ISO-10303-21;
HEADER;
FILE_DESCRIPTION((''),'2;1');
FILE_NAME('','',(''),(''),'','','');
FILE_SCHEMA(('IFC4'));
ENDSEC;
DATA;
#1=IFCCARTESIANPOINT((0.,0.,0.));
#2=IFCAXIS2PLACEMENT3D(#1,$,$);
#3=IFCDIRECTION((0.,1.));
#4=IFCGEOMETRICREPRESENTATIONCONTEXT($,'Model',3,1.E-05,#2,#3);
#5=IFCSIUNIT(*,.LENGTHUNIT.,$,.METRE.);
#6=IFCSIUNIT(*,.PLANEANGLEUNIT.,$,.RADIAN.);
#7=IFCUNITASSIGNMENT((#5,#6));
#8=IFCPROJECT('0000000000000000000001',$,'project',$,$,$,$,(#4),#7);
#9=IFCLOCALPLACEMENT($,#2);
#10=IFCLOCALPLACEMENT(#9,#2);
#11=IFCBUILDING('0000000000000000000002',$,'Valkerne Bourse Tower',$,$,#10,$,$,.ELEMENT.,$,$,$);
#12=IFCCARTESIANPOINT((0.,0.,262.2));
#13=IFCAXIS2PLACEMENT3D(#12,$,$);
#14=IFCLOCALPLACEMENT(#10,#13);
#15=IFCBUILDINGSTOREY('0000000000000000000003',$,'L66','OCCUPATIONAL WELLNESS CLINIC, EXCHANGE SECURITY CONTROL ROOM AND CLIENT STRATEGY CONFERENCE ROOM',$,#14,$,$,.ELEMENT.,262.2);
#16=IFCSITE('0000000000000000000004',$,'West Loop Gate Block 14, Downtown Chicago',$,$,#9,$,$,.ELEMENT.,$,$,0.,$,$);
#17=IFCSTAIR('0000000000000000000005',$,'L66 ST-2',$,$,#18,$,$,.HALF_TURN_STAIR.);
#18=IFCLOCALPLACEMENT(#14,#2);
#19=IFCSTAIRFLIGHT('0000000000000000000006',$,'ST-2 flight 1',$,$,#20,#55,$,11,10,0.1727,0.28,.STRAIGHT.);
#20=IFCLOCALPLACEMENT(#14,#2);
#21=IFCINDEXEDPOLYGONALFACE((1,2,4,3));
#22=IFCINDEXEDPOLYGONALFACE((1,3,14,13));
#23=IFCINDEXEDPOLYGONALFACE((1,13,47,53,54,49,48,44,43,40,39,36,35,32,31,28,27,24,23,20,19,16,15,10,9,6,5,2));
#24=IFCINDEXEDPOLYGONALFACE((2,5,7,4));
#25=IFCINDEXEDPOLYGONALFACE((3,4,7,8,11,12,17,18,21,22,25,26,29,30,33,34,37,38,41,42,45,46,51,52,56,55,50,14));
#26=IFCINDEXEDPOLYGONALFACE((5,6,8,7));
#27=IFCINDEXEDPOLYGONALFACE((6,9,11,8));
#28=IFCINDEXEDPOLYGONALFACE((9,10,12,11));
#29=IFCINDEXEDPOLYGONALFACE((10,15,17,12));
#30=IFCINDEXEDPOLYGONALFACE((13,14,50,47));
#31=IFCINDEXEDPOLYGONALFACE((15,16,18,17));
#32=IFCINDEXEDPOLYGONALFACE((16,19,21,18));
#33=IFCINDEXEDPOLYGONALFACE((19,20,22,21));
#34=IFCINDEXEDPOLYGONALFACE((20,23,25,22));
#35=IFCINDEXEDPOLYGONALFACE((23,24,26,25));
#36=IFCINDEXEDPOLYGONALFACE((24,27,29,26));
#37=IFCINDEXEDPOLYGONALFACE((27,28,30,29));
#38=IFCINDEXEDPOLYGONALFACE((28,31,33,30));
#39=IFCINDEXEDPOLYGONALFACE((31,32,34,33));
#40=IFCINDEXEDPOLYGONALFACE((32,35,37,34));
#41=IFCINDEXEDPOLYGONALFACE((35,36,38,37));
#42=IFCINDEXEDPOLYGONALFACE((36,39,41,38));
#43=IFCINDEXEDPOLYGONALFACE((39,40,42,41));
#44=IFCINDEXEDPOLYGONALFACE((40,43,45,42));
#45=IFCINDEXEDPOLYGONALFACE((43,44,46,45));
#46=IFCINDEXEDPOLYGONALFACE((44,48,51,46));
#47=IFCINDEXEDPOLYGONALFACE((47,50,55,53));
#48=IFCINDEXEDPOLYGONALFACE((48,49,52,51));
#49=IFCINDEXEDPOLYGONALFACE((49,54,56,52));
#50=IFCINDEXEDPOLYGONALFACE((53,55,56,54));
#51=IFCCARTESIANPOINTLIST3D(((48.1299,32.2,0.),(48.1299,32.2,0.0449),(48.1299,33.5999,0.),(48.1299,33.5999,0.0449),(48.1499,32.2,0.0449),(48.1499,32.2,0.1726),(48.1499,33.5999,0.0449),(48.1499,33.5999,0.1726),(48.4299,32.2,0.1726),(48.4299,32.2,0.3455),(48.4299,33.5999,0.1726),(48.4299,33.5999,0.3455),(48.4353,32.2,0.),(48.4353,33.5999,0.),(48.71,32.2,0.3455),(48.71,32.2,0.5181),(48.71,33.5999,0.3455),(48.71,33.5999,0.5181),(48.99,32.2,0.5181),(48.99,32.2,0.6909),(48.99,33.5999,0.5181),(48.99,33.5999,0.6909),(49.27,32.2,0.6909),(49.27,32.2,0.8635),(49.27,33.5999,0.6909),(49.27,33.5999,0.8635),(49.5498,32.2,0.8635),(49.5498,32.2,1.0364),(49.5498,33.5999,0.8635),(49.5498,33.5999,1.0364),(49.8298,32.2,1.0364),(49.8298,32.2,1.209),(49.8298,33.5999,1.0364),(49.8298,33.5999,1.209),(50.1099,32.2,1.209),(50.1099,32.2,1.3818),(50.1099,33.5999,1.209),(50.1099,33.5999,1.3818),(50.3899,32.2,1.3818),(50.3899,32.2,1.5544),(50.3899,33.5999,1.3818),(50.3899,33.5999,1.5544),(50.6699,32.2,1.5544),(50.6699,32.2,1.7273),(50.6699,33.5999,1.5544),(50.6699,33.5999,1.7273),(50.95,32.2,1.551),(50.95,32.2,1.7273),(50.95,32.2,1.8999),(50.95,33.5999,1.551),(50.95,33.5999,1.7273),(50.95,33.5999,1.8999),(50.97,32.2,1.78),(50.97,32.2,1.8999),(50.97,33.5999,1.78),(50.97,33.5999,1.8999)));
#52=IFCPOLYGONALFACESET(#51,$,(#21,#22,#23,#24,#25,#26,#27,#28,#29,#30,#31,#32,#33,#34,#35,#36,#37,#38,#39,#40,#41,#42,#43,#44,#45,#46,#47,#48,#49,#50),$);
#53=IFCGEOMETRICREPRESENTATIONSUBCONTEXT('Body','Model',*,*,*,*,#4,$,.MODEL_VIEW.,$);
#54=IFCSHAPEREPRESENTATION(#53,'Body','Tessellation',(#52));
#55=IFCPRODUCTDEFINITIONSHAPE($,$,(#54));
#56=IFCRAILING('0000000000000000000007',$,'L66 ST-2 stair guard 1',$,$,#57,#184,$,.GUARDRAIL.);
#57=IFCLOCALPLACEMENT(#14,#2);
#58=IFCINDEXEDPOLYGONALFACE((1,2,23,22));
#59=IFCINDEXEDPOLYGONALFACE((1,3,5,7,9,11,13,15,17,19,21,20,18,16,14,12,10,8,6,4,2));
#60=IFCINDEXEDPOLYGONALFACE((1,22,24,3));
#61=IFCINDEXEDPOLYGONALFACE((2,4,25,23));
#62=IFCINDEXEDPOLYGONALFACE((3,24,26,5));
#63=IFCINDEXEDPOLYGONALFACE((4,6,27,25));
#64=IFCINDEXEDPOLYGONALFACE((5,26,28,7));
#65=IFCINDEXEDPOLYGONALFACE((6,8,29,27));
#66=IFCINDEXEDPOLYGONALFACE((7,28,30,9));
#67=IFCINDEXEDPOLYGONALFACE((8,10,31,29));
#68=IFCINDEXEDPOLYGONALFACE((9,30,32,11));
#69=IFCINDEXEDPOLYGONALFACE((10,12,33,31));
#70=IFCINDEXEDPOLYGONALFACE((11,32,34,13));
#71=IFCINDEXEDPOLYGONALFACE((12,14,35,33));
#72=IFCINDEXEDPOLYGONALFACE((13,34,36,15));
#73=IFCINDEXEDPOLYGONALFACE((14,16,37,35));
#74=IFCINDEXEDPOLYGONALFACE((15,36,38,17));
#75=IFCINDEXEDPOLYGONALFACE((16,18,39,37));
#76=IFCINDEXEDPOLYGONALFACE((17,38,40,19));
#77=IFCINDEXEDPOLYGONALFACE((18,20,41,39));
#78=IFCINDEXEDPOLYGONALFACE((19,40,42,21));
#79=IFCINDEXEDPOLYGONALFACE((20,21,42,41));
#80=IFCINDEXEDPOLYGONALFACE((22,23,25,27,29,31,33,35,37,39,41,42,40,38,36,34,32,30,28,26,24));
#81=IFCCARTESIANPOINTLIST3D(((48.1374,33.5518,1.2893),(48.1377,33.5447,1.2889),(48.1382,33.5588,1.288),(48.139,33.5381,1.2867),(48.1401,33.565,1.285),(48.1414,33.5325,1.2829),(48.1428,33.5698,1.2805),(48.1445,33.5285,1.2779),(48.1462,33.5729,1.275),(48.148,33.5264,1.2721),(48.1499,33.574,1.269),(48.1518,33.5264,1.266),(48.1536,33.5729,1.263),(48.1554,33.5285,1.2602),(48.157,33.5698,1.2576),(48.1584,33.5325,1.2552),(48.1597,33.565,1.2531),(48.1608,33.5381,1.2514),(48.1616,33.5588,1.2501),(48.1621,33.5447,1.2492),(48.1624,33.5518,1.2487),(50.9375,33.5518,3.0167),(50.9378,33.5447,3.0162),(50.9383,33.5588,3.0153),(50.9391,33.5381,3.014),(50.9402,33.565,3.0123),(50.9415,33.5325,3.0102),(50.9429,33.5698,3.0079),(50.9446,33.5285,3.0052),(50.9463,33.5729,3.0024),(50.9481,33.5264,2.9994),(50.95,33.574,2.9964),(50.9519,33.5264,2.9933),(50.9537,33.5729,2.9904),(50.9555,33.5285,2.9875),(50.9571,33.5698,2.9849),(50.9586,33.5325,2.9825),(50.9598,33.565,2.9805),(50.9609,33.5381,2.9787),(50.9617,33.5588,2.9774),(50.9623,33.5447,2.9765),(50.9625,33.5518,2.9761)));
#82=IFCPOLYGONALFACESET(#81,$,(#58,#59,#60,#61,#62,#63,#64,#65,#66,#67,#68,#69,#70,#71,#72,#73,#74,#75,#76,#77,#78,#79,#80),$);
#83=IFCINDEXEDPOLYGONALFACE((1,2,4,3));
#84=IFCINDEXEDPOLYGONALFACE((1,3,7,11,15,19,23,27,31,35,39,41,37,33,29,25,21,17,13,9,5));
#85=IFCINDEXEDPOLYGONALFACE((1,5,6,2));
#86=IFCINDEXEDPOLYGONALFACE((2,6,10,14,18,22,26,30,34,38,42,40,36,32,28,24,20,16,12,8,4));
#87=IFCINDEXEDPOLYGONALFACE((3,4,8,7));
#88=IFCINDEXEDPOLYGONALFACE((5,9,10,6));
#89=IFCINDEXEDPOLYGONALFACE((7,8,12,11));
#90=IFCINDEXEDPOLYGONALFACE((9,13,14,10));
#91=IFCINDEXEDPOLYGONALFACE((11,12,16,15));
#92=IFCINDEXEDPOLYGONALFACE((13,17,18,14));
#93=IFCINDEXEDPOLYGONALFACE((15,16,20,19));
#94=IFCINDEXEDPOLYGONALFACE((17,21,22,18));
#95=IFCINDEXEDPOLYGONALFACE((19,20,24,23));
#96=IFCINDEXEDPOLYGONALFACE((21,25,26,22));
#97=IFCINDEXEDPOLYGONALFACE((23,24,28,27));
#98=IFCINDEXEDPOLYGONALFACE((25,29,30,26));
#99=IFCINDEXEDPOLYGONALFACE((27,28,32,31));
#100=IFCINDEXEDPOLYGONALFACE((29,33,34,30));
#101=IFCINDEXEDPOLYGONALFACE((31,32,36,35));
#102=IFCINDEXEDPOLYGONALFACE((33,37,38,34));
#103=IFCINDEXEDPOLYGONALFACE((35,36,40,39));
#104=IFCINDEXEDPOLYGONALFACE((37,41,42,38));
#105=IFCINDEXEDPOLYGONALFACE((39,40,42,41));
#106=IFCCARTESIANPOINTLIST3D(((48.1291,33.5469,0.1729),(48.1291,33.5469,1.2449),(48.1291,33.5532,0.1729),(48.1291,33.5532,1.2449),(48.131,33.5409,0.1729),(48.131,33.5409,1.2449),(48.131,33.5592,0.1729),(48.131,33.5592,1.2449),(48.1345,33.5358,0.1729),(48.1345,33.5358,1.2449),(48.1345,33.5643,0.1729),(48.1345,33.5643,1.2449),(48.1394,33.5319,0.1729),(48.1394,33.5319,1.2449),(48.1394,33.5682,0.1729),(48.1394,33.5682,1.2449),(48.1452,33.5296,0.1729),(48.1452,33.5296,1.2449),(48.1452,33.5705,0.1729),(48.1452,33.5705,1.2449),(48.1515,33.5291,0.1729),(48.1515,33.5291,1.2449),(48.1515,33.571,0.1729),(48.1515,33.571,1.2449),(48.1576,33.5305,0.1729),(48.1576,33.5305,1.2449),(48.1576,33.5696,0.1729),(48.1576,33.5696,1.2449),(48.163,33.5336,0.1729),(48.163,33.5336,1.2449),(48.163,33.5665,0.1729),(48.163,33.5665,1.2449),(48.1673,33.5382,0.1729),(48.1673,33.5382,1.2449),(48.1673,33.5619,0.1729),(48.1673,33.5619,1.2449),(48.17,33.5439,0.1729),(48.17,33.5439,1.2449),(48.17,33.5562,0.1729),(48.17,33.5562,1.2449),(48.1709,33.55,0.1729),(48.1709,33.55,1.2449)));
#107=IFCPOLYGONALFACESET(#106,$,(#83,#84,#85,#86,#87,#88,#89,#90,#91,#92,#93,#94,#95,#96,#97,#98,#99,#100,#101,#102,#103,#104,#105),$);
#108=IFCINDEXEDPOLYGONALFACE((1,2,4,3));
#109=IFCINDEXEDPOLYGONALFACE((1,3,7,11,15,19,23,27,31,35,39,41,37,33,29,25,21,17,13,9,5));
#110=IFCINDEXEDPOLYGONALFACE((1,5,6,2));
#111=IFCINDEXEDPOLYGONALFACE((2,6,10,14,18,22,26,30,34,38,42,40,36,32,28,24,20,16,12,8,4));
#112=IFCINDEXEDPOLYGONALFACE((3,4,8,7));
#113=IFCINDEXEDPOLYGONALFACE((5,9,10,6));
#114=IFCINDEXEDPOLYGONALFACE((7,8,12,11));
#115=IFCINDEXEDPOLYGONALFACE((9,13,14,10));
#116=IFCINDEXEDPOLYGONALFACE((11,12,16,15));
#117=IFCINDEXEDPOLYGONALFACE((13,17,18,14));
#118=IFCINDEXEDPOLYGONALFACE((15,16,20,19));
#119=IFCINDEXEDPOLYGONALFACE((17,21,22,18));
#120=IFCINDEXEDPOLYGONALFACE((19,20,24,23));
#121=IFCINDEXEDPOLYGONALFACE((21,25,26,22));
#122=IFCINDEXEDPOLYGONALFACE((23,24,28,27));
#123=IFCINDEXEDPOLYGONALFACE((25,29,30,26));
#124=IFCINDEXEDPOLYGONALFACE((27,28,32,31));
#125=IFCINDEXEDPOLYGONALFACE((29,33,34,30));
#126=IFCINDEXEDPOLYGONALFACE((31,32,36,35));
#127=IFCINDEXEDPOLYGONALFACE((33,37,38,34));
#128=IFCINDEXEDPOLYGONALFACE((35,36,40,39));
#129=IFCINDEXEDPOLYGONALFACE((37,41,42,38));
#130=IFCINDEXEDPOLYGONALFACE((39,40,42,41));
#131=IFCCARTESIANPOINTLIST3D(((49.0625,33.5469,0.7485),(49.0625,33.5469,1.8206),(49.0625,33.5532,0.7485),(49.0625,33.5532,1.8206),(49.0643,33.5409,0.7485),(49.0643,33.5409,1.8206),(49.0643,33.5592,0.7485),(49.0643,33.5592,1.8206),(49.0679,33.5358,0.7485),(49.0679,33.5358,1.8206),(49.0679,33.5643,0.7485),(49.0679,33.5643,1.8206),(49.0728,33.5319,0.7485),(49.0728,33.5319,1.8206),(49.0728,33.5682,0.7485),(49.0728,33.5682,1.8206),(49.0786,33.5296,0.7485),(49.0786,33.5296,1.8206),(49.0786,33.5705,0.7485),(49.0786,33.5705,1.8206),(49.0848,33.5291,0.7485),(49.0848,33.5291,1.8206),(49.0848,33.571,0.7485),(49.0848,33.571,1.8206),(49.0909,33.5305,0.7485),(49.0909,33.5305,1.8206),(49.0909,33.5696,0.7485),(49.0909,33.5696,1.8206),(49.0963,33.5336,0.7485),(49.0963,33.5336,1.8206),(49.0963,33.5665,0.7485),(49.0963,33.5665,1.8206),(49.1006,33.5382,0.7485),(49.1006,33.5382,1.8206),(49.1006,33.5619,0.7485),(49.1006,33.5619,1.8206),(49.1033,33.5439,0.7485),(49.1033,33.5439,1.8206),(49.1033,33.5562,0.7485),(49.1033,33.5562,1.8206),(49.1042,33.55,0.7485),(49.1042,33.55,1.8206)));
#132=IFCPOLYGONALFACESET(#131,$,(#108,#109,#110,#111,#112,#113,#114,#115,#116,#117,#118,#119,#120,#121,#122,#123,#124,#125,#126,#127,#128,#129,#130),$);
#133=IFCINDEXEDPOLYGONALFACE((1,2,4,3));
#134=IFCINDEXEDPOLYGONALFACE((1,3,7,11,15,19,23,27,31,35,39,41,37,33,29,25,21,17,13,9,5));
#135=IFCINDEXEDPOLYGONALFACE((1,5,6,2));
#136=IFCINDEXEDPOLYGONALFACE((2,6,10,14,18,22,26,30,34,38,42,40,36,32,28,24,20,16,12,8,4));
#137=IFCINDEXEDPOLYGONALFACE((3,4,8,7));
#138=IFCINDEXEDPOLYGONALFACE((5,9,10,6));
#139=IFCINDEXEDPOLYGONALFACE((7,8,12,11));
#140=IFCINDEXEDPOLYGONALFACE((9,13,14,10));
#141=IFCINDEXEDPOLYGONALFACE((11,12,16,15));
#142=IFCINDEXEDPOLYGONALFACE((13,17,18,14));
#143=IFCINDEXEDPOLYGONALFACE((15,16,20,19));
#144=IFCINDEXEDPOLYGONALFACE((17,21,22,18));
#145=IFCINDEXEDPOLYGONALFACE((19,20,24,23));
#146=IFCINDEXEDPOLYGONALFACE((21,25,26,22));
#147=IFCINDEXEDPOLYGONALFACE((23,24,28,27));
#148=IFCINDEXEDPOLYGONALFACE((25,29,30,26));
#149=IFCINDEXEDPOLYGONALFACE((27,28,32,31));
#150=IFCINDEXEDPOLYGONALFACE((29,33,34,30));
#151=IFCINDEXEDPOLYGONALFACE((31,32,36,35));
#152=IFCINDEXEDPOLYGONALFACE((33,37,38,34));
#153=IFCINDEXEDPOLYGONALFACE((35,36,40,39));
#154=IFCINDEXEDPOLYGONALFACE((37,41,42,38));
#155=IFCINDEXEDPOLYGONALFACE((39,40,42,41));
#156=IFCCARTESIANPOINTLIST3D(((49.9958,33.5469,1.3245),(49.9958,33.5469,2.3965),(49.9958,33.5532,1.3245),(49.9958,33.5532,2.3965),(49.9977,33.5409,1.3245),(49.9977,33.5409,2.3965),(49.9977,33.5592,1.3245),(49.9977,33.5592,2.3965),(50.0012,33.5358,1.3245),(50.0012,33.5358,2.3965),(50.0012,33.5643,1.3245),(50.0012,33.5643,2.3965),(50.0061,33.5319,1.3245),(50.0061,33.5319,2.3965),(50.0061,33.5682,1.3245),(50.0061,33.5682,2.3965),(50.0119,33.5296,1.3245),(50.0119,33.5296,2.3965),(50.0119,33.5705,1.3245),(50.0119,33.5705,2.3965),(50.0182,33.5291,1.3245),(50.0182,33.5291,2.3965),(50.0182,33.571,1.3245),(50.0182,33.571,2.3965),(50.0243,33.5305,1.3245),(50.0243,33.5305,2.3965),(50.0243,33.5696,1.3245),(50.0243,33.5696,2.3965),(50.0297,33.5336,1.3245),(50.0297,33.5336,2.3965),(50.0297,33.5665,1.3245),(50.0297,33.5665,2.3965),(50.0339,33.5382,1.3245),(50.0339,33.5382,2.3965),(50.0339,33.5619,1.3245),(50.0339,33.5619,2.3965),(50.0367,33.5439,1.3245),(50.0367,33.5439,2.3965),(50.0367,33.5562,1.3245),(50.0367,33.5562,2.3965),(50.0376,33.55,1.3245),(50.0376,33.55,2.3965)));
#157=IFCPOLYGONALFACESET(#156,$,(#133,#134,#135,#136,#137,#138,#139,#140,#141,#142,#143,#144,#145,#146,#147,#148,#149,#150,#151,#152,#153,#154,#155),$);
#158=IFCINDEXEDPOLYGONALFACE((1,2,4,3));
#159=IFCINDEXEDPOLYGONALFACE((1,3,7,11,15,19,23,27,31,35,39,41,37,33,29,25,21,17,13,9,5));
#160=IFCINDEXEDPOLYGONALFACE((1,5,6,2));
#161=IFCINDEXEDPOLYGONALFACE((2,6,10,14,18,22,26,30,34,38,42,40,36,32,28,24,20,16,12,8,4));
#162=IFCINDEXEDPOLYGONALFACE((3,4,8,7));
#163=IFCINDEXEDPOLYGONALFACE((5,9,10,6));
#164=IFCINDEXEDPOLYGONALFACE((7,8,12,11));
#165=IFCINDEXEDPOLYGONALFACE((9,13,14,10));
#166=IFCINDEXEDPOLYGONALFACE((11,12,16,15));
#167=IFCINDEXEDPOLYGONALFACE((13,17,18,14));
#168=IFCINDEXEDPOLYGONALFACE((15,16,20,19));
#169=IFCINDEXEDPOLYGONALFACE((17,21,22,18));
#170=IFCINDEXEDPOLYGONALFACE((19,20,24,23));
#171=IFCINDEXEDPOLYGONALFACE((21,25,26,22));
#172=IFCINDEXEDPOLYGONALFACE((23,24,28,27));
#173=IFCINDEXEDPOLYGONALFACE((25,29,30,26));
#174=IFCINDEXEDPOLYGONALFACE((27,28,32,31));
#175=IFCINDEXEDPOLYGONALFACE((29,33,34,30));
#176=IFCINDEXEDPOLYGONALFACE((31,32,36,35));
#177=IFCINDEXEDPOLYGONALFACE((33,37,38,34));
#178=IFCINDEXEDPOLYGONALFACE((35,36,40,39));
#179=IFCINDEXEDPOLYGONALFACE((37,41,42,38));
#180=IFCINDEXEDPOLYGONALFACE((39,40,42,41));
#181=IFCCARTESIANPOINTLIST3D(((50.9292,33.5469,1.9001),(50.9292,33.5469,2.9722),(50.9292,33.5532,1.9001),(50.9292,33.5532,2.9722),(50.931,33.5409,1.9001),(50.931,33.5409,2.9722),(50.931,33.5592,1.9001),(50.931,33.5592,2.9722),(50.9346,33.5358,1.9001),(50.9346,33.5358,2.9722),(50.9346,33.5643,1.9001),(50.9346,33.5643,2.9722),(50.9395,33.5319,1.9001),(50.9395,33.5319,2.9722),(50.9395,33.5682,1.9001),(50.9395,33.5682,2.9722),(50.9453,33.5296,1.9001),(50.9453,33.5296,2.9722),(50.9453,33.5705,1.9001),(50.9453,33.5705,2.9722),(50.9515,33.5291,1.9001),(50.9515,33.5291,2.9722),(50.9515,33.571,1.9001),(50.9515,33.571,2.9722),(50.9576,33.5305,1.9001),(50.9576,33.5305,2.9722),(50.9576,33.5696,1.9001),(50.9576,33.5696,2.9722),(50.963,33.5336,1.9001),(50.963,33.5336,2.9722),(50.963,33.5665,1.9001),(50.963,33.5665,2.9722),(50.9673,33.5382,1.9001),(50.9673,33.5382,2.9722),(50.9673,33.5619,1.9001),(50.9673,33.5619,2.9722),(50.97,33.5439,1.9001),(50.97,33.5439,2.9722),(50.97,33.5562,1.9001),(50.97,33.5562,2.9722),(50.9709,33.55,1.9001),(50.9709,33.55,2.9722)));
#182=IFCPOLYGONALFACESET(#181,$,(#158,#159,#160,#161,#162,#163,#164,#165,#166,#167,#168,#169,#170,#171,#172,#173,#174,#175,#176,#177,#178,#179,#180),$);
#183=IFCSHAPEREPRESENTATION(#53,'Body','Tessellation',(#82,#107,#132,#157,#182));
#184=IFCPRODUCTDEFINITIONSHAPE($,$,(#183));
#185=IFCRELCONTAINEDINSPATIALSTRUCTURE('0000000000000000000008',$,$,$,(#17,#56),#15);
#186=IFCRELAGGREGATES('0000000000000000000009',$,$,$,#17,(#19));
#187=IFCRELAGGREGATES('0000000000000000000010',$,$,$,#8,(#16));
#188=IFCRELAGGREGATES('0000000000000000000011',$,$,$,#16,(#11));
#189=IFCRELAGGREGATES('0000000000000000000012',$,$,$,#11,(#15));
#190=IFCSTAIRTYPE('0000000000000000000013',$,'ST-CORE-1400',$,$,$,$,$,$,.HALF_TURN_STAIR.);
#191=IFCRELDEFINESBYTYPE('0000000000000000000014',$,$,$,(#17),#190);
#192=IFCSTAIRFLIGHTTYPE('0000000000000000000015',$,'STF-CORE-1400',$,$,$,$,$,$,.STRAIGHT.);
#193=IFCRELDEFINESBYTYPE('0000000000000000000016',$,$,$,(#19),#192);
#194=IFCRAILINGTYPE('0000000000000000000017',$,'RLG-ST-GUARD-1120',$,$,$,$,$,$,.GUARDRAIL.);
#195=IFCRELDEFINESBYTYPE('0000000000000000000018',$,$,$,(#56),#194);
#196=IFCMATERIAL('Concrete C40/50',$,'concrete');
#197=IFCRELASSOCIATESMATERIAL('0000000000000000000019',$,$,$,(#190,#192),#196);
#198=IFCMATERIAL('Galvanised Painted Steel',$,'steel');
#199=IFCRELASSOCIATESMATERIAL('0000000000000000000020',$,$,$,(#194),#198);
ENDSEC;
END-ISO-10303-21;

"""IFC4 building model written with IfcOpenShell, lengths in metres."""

from ifc_helpers import new_model, si_unit, direction, frame, origin, origin_2d, place, context, subcontext, project, spatial, polyline, circle, outline, extrude, material, type_object, element, aggregate, save


model = new_model("IFC4")

# Units and contexts
model_context = context("Model", 3, precision=1e-05, world=origin(), true_north=direction((0.0, 1.0)))
body_context = subcontext(model_context, "Body", "Model", "MODEL_VIEW")
ifc_project = project(units=[si_unit("LENGTHUNIT", "METRE"), si_unit("PLANEANGLEUNIT", "RADIAN")], contexts=[model_context])

# Site, building, storey
site_placement = place(None, origin())
site = spatial("IfcSite", under=ifc_project, at=site_placement, Name="West Loop Gate Block 14, Downtown Chicago", CompositionType="ELEMENT", RefElevation=0.0)
building_placement = place(site_placement, origin())
building = spatial("IfcBuilding", under=site, at=building_placement, Name="Valkerne Bourse Tower", CompositionType="ELEMENT")
storey_placement = place(building_placement, frame((0.0, 0.0, 262.2)))
storey = spatial("IfcBuildingStorey", under=building, at=storey_placement, Name="L66", Description="OCCUPATIONAL WELLNESS CLINIC, EXCHANGE SECURITY CONTROL ROOM AND CLIENT STRATEGY CONFERENCE ROOM", CompositionType="ELEMENT", Elevation=262.2)

# Shared definitions
ifc_material_1 = material(Name="Galvanised Painted Steel", Category="steel")

# Shared definitions
ifc_material_2 = material(Name="Concrete C40/50", Category="concrete")

# Stair, stair flight
stair_type = type_object("IfcStairType", Name="ST-CORE-1400", PredefinedType="HALF_TURN_STAIR", material=ifc_material_2)
stair_placement = place(storey_placement, origin())
stair = element("IfcStair", 1, at=stair_placement, inside=storey, type_object=stair_type, Name="L66 ST-2", PredefinedType="HALF_TURN_STAIR")
stair_flight_type = type_object("IfcStairFlightType", Name="STF-CORE-1400", PredefinedType="STRAIGHT", material=ifc_material_2)
stair_flight_placement = place(storey_placement, frame((48.1499, 32.8999, 0.0), z_axis=(0.0, 0.0, 1.0), x_axis=(1.0, 0.0, 0.0)))
stair_flight = element("IfcStairFlight", 2, at=stair_flight_placement, type_object=stair_flight_type, Name="ST-2 flight 1", NumberOfRisers=11, NumberOfTreads=10, PredefinedType="STRAIGHT", RiserHeight=0.1727, TreadLength=0.28, context=body_context, shape_type="SweptSolid", body=[
    extrude(outline(polyline([(-0.02, 0.0), (-0.02, 0.0449), (0.0, 0.0449), (0.0, 0.1726), (0.28, 0.1726), (0.28, 0.3455), (0.5601, 0.3455), (0.5601, 0.5181), (0.8401, 0.5181), (0.8401, 0.6909), (1.1201, 0.6909), (1.1201, 0.8635), (1.3999, 0.8635), (1.3999, 1.0364), (1.6799, 1.0364), (1.6799, 1.209), (1.96, 1.209), (1.96, 1.3818), (2.24, 1.3818), (2.24, 1.5544), (2.52, 1.5544), (2.52, 1.7273), (2.8, 1.7273), (2.8, 1.8999), (2.8201, 1.8999), (2.8201, 1.78), (2.8, 1.551), (0.2854, 0.0), (-0.02, 0.0)])), frame((0.0, 0.7, 0.0), z_axis=(0.0, -1.0, 0.0), x_axis=(1.0, 0.0, 0.0)), (0.0, 0.0, 1.0), 1.3999),
])
aggregate(stair, [stair_flight])

# Railing
railing_type_1 = type_object("IfcRailingType", Name="RLG-ST-GUARD-1120", PredefinedType="GUARDRAIL", material=ifc_material_1)
railing_1_placement = place(storey_placement, frame((48.1499, 33.55, 0.1729)))
element("IfcRailing", 3, at=railing_1_placement, inside=storey, type_object=railing_type_1, Name="L66 ST-2 stair guard 1", PredefinedType="GUARDRAIL", context=body_context, shape_type="SweptSolid", body=[
    extrude(circle(Radius=0.0239, at=origin_2d()), frame((0.0, 0.0, 1.0962), z_axis=(0.85109, 0.0, 0.52502), x_axis=(0.0, 1.0, 0.0)), (0.0, 0.0, 1.0), 3.29),
    extrude(circle(Radius=0.021, at=origin_2d()), origin(), (0.0, 0.0, 1.0), 1.072),
    extrude(circle(Radius=0.021, at=origin_2d()), frame((0.9333, 0.0, 0.5757)), (0.0, 0.0, 1.0), 1.072),
    extrude(circle(Radius=0.021, at=origin_2d()), frame((1.8667, 0.0, 1.1516)), (0.0, 0.0, 1.0), 1.072),
    extrude(circle(Radius=0.021, at=origin_2d()), frame((2.8, 0.0, 1.7273)), (0.0, 0.0, 1.0), 1.072),
])

save(model, "model.ifc")
